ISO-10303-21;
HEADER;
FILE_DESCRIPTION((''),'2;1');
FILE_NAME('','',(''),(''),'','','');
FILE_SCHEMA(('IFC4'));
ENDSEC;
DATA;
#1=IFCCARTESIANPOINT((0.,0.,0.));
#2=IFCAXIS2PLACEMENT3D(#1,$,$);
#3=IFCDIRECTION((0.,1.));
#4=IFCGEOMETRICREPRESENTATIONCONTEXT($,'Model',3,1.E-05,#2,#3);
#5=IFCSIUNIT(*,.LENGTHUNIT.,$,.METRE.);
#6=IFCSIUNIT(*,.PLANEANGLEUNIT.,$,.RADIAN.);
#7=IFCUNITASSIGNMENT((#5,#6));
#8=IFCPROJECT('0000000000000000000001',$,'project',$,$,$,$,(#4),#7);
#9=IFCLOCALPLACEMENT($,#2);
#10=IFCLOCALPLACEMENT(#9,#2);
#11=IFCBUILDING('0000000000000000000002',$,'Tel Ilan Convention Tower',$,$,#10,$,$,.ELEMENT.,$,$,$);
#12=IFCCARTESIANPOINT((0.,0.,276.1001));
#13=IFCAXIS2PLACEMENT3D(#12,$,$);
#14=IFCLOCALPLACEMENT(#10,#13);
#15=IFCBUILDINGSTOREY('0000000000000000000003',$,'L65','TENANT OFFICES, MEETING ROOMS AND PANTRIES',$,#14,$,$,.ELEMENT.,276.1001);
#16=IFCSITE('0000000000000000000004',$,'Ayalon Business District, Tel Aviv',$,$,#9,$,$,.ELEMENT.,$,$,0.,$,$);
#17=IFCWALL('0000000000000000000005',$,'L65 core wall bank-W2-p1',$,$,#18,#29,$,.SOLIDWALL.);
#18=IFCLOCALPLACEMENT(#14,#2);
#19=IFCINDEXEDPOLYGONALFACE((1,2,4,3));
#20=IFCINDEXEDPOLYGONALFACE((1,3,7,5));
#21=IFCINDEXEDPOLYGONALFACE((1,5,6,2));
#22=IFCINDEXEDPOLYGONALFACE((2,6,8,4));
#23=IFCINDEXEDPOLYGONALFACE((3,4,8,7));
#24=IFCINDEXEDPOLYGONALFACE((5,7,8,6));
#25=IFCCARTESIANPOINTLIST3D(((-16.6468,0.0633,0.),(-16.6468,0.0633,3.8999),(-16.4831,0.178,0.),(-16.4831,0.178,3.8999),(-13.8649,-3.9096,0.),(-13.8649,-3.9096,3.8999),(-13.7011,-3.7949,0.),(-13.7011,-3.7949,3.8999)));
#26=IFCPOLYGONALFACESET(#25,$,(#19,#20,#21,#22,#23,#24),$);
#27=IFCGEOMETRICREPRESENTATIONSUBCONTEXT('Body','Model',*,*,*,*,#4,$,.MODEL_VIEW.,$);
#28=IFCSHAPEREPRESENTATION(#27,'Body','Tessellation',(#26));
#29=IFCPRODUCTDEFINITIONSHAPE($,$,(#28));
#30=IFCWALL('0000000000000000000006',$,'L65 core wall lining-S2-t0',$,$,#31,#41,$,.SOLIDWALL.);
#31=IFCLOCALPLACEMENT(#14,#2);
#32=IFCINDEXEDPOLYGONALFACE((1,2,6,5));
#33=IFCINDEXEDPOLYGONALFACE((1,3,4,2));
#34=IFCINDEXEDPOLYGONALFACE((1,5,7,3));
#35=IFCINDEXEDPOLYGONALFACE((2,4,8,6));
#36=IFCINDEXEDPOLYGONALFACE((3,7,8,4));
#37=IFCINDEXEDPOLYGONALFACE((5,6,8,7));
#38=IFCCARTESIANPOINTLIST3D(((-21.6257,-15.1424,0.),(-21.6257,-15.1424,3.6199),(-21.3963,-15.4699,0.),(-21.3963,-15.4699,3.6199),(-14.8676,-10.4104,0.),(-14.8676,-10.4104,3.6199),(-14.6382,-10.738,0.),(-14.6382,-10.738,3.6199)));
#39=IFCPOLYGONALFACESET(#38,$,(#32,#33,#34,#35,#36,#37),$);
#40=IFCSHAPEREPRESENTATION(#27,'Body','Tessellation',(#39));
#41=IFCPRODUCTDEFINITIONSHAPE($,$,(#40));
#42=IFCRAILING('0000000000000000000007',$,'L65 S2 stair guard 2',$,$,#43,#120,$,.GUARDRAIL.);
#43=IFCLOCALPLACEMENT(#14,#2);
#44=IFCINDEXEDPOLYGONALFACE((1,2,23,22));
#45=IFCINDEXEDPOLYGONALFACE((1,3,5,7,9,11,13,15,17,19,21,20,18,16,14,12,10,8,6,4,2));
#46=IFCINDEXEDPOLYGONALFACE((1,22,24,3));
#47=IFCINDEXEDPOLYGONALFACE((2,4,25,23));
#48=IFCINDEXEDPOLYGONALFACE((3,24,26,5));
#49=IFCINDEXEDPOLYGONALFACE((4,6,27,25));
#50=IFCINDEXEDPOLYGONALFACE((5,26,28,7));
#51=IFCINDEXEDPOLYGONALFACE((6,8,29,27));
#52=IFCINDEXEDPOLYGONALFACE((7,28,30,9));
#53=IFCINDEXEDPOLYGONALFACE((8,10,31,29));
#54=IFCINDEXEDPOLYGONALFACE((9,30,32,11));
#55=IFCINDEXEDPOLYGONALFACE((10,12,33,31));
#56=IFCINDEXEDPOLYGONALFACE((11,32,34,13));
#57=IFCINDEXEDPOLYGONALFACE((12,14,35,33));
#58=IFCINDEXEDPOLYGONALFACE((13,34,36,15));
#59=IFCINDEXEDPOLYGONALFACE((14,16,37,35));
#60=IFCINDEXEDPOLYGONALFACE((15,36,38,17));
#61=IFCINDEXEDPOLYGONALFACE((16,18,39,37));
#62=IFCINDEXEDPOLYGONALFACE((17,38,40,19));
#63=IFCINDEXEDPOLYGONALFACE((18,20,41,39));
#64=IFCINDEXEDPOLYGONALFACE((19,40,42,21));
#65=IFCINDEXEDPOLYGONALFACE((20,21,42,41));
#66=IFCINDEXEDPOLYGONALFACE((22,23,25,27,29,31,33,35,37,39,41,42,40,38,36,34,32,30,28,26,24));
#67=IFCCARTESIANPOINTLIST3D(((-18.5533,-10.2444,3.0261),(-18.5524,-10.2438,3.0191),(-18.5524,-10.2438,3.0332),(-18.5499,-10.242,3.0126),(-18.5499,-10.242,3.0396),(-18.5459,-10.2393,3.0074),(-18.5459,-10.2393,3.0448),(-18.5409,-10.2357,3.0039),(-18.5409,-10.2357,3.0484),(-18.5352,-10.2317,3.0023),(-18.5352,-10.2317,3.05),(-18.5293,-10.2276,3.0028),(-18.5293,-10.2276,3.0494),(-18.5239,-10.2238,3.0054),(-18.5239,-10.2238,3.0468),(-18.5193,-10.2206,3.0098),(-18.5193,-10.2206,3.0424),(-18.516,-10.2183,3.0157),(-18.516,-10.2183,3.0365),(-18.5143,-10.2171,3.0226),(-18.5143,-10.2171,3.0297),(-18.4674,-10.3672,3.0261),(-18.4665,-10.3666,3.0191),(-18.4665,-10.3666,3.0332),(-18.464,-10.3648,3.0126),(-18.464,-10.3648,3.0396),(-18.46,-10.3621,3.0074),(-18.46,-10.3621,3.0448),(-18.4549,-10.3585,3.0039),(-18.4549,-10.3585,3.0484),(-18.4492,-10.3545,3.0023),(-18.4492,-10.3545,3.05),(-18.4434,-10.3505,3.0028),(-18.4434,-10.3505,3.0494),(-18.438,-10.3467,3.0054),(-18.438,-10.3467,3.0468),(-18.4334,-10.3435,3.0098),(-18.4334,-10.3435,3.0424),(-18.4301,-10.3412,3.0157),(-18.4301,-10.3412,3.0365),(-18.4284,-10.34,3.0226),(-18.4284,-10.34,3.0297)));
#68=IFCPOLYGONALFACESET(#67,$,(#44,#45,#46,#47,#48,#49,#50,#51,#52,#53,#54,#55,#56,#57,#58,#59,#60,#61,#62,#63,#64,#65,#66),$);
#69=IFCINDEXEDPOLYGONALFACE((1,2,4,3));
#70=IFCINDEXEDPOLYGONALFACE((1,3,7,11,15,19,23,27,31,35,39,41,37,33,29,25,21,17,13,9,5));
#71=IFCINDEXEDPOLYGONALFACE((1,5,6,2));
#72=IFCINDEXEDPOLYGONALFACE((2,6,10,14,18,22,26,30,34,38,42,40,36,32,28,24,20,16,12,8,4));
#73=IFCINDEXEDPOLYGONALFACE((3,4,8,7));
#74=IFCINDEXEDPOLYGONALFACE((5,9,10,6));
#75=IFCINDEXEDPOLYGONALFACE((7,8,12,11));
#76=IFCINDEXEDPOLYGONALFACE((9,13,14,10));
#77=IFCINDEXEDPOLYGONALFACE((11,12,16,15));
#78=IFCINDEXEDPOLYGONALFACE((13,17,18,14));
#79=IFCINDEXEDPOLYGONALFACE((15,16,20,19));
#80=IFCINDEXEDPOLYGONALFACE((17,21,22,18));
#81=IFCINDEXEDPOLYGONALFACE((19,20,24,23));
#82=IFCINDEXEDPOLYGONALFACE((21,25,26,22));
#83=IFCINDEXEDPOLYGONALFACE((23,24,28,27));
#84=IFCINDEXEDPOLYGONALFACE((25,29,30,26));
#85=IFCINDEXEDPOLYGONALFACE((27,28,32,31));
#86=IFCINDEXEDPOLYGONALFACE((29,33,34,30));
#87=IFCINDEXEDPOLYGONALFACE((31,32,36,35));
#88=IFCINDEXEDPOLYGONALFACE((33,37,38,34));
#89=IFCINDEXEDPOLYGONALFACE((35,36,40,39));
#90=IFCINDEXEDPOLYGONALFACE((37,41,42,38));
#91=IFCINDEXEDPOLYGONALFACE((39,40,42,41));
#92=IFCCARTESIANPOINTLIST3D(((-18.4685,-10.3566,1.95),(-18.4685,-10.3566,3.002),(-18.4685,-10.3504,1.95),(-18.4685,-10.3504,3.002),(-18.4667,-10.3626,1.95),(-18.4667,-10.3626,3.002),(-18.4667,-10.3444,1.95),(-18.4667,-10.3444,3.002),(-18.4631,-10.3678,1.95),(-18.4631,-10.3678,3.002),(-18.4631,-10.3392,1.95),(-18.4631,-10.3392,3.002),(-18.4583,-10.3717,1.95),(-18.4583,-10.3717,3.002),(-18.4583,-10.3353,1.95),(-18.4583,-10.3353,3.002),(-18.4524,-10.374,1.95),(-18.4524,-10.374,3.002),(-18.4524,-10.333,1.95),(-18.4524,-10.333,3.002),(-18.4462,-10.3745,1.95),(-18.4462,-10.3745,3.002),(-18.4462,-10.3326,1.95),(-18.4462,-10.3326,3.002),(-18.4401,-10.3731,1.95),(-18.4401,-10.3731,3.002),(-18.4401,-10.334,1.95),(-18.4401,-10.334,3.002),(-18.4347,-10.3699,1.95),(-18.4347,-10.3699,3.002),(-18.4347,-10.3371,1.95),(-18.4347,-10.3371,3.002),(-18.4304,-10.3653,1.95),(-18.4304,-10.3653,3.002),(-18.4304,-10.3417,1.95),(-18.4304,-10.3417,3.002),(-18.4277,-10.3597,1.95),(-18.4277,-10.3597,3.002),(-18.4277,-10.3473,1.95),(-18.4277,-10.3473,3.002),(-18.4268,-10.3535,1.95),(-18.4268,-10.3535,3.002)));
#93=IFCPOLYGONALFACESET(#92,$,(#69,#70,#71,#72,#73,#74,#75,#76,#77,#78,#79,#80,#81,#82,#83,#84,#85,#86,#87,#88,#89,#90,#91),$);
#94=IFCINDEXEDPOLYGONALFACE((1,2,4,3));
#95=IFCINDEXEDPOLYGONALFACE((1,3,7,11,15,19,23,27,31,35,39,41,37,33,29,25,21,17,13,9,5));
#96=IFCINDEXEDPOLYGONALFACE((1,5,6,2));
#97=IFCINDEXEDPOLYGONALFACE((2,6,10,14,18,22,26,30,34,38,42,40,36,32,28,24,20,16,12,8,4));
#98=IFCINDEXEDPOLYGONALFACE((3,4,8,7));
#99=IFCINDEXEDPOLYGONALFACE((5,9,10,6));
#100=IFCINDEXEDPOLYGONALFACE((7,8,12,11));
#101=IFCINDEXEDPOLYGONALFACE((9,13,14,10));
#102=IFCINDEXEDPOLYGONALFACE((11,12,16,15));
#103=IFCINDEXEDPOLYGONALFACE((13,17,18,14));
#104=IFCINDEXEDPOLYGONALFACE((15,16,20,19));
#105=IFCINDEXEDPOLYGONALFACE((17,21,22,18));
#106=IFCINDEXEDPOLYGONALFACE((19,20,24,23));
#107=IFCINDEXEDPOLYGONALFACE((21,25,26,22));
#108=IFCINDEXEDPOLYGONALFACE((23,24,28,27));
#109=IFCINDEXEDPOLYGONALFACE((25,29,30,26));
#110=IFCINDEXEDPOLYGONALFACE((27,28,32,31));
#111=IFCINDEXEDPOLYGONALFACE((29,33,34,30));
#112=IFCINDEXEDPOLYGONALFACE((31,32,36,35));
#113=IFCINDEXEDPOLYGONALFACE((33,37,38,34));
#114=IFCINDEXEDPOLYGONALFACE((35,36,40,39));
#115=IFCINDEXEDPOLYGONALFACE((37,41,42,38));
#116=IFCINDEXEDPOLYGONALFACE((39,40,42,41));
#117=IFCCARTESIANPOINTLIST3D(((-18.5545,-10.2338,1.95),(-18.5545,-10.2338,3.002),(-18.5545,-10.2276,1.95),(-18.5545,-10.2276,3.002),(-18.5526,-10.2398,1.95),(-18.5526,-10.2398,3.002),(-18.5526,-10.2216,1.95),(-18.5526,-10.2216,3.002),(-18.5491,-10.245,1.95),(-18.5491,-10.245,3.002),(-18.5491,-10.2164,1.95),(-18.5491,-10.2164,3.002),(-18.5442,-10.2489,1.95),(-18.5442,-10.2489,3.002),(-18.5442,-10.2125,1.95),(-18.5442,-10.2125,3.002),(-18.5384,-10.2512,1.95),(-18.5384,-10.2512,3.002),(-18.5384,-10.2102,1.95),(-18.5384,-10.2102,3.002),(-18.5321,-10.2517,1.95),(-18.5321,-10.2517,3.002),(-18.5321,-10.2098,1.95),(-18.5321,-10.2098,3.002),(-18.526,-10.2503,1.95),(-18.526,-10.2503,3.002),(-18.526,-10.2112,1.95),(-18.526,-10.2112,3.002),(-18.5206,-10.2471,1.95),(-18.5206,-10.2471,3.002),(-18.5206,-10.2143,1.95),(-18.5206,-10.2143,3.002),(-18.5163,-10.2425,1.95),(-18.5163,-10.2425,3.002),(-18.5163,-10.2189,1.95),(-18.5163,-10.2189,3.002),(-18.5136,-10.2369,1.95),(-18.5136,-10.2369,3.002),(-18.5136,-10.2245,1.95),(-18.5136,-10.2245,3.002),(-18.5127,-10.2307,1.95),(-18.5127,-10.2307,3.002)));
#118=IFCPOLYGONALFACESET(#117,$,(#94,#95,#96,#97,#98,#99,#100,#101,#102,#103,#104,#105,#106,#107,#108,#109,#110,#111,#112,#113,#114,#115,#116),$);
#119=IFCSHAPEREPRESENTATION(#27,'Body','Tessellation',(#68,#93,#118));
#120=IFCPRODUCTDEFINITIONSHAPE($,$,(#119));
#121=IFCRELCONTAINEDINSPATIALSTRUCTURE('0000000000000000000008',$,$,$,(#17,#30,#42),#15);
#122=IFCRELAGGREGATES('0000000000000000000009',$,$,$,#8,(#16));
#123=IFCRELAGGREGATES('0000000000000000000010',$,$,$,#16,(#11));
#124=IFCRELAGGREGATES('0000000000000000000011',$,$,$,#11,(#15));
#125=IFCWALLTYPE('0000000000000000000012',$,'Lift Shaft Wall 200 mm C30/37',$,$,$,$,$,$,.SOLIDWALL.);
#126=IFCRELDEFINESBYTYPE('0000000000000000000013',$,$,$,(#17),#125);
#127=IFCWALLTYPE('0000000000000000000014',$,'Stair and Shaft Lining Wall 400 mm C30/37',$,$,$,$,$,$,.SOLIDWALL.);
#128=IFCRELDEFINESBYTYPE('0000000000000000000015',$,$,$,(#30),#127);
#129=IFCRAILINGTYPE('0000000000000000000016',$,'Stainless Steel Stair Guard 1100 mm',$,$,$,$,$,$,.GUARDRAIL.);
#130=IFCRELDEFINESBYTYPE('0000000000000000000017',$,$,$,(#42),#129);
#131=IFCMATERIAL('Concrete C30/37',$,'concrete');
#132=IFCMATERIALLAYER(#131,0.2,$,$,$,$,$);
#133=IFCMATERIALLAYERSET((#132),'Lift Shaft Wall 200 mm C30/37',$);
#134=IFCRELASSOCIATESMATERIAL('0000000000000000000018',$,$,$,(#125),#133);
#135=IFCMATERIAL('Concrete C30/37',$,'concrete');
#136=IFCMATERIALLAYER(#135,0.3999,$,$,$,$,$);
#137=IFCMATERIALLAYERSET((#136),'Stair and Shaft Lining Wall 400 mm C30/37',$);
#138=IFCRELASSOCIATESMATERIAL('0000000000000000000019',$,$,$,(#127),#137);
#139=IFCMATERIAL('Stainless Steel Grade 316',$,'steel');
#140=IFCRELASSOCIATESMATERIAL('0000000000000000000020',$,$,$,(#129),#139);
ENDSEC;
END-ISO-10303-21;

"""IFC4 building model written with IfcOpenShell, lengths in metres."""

from ifc_helpers import new_model, si_unit, direction, frame, frame_2d, origin, origin_2d, place, context, subcontext, project, spatial, rectangle, circle, extrude, material, layer, layer_set, type_object, element, save


model = new_model("IFC4")

# Units and contexts
model_context = context("Model", 3, precision=1e-05, world=origin(), true_north=direction((0.0, 1.0)))
body_context = subcontext(model_context, "Body", "Model", "MODEL_VIEW")
ifc_project = project(units=[si_unit("LENGTHUNIT", "METRE"), si_unit("PLANEANGLEUNIT", "RADIAN")], contexts=[model_context])

# Site, building, storey
site_placement = place(None, origin())
site = spatial("IfcSite", under=ifc_project, at=site_placement, Name="Ayalon Business District, Tel Aviv", CompositionType="ELEMENT", RefElevation=0.0)
building_placement = place(site_placement, origin())
building = spatial("IfcBuilding", under=site, at=building_placement, Name="Tel Ilan Convention Tower", CompositionType="ELEMENT")
storey_placement = place(building_placement, frame((0.0, 0.0, 276.1001)))
storey = spatial("IfcBuildingStorey", under=building, at=storey_placement, Name="L65", Description="TENANT OFFICES, MEETING ROOMS AND PANTRIES", CompositionType="ELEMENT", Elevation=276.1001)

# Walls
ifc_material_1 = material(Name="Concrete C30/37", Category="concrete")
ifc_layer_1 = layer(ifc_material_1, 0.2)
ifc_layer_set_1 = layer_set([ifc_layer_1], Name="Lift Shaft Wall 200 mm C30/37")
wall_type_1 = type_object("IfcWallType", Name="Lift Shaft Wall 200 mm C30/37", PredefinedType="SOLIDWALL", material=ifc_layer_set_1)
wall_1_placement = place(storey_placement, frame((-13.783, -3.8523, 0.0), z_axis=(0.0, 0.0, 1.0), x_axis=(-0.573594, 0.81914, 0.0)))
element("IfcWall", 1, at=wall_1_placement, inside=storey, type_object=wall_type_1, Name="L65 core wall bank-W2-p1", PredefinedType="SOLIDWALL", context=body_context, shape_type="SweptSolid", body=[
    extrude(rectangle(XDim=4.8501, YDim=0.2, at=frame_2d((2.425, 0.0))), origin(), (0.0, 0.0, 1.0), 3.8999),
])
ifc_material_2 = material(Name="Concrete C30/37", Category="concrete")
ifc_layer_2 = layer(ifc_material_2, 0.3999)
ifc_layer_set_2 = layer_set([ifc_layer_2], Name="Stair and Shaft Lining Wall 400 mm C30/37")
wall_type_2 = type_object("IfcWallType", Name="Stair and Shaft Lining Wall 400 mm C30/37", PredefinedType="SOLIDWALL", material=ifc_layer_set_2)
wall_2_placement = place(storey_placement, frame((-14.7529, -10.5742, 0.0), z_axis=(0.0, 0.0, 1.0), x_axis=(-0.819158, -0.573568, 0.0)))
element("IfcWall", 2, at=wall_2_placement, inside=storey, type_object=wall_type_2, Name="L65 core wall lining-S2-t0", PredefinedType="SOLIDWALL", context=body_context, shape_type="SweptSolid", body=[
    extrude(rectangle(XDim=8.25, YDim=0.3999, at=frame_2d((4.125, 0.0))), origin(), (0.0, 0.0, 1.0), 3.6199),
])

# Railing
ifc_material_3 = material(Name="Stainless Steel Grade 316", Category="steel")
railing_type = type_object("IfcRailingType", Name="Stainless Steel Stair Guard 1100 mm", PredefinedType="GUARDRAIL", material=ifc_material_3)
railing_placement = place(storey_placement, frame((-18.4478, -10.3535, 1.95)))
element("IfcRailing", 3, at=railing_placement, inside=storey, type_object=railing_type, Name="L65 S2 stair guard 2", PredefinedType="GUARDRAIL", context=body_context, shape_type="SweptSolid", body=[
    extrude(circle(Radius=0.0239, at=origin_2d()), frame((0.0, 0.0, 1.0762), z_axis=(-0.573353, 0.819308, 0.0), x_axis=(-0.819308, -0.573353, 0.0)), (0.0, 0.0, 1.0), 0.1499),
    extrude(circle(Radius=0.021, at=origin_2d()), origin(), (0.0, 0.0, 1.0), 1.052),
    extrude(circle(Radius=0.021, at=origin_2d()), frame((-0.0859, 0.1228, 0.0)), (0.0, 0.0, 1.0), 1.052),
])

save(model, "model.ifc")
